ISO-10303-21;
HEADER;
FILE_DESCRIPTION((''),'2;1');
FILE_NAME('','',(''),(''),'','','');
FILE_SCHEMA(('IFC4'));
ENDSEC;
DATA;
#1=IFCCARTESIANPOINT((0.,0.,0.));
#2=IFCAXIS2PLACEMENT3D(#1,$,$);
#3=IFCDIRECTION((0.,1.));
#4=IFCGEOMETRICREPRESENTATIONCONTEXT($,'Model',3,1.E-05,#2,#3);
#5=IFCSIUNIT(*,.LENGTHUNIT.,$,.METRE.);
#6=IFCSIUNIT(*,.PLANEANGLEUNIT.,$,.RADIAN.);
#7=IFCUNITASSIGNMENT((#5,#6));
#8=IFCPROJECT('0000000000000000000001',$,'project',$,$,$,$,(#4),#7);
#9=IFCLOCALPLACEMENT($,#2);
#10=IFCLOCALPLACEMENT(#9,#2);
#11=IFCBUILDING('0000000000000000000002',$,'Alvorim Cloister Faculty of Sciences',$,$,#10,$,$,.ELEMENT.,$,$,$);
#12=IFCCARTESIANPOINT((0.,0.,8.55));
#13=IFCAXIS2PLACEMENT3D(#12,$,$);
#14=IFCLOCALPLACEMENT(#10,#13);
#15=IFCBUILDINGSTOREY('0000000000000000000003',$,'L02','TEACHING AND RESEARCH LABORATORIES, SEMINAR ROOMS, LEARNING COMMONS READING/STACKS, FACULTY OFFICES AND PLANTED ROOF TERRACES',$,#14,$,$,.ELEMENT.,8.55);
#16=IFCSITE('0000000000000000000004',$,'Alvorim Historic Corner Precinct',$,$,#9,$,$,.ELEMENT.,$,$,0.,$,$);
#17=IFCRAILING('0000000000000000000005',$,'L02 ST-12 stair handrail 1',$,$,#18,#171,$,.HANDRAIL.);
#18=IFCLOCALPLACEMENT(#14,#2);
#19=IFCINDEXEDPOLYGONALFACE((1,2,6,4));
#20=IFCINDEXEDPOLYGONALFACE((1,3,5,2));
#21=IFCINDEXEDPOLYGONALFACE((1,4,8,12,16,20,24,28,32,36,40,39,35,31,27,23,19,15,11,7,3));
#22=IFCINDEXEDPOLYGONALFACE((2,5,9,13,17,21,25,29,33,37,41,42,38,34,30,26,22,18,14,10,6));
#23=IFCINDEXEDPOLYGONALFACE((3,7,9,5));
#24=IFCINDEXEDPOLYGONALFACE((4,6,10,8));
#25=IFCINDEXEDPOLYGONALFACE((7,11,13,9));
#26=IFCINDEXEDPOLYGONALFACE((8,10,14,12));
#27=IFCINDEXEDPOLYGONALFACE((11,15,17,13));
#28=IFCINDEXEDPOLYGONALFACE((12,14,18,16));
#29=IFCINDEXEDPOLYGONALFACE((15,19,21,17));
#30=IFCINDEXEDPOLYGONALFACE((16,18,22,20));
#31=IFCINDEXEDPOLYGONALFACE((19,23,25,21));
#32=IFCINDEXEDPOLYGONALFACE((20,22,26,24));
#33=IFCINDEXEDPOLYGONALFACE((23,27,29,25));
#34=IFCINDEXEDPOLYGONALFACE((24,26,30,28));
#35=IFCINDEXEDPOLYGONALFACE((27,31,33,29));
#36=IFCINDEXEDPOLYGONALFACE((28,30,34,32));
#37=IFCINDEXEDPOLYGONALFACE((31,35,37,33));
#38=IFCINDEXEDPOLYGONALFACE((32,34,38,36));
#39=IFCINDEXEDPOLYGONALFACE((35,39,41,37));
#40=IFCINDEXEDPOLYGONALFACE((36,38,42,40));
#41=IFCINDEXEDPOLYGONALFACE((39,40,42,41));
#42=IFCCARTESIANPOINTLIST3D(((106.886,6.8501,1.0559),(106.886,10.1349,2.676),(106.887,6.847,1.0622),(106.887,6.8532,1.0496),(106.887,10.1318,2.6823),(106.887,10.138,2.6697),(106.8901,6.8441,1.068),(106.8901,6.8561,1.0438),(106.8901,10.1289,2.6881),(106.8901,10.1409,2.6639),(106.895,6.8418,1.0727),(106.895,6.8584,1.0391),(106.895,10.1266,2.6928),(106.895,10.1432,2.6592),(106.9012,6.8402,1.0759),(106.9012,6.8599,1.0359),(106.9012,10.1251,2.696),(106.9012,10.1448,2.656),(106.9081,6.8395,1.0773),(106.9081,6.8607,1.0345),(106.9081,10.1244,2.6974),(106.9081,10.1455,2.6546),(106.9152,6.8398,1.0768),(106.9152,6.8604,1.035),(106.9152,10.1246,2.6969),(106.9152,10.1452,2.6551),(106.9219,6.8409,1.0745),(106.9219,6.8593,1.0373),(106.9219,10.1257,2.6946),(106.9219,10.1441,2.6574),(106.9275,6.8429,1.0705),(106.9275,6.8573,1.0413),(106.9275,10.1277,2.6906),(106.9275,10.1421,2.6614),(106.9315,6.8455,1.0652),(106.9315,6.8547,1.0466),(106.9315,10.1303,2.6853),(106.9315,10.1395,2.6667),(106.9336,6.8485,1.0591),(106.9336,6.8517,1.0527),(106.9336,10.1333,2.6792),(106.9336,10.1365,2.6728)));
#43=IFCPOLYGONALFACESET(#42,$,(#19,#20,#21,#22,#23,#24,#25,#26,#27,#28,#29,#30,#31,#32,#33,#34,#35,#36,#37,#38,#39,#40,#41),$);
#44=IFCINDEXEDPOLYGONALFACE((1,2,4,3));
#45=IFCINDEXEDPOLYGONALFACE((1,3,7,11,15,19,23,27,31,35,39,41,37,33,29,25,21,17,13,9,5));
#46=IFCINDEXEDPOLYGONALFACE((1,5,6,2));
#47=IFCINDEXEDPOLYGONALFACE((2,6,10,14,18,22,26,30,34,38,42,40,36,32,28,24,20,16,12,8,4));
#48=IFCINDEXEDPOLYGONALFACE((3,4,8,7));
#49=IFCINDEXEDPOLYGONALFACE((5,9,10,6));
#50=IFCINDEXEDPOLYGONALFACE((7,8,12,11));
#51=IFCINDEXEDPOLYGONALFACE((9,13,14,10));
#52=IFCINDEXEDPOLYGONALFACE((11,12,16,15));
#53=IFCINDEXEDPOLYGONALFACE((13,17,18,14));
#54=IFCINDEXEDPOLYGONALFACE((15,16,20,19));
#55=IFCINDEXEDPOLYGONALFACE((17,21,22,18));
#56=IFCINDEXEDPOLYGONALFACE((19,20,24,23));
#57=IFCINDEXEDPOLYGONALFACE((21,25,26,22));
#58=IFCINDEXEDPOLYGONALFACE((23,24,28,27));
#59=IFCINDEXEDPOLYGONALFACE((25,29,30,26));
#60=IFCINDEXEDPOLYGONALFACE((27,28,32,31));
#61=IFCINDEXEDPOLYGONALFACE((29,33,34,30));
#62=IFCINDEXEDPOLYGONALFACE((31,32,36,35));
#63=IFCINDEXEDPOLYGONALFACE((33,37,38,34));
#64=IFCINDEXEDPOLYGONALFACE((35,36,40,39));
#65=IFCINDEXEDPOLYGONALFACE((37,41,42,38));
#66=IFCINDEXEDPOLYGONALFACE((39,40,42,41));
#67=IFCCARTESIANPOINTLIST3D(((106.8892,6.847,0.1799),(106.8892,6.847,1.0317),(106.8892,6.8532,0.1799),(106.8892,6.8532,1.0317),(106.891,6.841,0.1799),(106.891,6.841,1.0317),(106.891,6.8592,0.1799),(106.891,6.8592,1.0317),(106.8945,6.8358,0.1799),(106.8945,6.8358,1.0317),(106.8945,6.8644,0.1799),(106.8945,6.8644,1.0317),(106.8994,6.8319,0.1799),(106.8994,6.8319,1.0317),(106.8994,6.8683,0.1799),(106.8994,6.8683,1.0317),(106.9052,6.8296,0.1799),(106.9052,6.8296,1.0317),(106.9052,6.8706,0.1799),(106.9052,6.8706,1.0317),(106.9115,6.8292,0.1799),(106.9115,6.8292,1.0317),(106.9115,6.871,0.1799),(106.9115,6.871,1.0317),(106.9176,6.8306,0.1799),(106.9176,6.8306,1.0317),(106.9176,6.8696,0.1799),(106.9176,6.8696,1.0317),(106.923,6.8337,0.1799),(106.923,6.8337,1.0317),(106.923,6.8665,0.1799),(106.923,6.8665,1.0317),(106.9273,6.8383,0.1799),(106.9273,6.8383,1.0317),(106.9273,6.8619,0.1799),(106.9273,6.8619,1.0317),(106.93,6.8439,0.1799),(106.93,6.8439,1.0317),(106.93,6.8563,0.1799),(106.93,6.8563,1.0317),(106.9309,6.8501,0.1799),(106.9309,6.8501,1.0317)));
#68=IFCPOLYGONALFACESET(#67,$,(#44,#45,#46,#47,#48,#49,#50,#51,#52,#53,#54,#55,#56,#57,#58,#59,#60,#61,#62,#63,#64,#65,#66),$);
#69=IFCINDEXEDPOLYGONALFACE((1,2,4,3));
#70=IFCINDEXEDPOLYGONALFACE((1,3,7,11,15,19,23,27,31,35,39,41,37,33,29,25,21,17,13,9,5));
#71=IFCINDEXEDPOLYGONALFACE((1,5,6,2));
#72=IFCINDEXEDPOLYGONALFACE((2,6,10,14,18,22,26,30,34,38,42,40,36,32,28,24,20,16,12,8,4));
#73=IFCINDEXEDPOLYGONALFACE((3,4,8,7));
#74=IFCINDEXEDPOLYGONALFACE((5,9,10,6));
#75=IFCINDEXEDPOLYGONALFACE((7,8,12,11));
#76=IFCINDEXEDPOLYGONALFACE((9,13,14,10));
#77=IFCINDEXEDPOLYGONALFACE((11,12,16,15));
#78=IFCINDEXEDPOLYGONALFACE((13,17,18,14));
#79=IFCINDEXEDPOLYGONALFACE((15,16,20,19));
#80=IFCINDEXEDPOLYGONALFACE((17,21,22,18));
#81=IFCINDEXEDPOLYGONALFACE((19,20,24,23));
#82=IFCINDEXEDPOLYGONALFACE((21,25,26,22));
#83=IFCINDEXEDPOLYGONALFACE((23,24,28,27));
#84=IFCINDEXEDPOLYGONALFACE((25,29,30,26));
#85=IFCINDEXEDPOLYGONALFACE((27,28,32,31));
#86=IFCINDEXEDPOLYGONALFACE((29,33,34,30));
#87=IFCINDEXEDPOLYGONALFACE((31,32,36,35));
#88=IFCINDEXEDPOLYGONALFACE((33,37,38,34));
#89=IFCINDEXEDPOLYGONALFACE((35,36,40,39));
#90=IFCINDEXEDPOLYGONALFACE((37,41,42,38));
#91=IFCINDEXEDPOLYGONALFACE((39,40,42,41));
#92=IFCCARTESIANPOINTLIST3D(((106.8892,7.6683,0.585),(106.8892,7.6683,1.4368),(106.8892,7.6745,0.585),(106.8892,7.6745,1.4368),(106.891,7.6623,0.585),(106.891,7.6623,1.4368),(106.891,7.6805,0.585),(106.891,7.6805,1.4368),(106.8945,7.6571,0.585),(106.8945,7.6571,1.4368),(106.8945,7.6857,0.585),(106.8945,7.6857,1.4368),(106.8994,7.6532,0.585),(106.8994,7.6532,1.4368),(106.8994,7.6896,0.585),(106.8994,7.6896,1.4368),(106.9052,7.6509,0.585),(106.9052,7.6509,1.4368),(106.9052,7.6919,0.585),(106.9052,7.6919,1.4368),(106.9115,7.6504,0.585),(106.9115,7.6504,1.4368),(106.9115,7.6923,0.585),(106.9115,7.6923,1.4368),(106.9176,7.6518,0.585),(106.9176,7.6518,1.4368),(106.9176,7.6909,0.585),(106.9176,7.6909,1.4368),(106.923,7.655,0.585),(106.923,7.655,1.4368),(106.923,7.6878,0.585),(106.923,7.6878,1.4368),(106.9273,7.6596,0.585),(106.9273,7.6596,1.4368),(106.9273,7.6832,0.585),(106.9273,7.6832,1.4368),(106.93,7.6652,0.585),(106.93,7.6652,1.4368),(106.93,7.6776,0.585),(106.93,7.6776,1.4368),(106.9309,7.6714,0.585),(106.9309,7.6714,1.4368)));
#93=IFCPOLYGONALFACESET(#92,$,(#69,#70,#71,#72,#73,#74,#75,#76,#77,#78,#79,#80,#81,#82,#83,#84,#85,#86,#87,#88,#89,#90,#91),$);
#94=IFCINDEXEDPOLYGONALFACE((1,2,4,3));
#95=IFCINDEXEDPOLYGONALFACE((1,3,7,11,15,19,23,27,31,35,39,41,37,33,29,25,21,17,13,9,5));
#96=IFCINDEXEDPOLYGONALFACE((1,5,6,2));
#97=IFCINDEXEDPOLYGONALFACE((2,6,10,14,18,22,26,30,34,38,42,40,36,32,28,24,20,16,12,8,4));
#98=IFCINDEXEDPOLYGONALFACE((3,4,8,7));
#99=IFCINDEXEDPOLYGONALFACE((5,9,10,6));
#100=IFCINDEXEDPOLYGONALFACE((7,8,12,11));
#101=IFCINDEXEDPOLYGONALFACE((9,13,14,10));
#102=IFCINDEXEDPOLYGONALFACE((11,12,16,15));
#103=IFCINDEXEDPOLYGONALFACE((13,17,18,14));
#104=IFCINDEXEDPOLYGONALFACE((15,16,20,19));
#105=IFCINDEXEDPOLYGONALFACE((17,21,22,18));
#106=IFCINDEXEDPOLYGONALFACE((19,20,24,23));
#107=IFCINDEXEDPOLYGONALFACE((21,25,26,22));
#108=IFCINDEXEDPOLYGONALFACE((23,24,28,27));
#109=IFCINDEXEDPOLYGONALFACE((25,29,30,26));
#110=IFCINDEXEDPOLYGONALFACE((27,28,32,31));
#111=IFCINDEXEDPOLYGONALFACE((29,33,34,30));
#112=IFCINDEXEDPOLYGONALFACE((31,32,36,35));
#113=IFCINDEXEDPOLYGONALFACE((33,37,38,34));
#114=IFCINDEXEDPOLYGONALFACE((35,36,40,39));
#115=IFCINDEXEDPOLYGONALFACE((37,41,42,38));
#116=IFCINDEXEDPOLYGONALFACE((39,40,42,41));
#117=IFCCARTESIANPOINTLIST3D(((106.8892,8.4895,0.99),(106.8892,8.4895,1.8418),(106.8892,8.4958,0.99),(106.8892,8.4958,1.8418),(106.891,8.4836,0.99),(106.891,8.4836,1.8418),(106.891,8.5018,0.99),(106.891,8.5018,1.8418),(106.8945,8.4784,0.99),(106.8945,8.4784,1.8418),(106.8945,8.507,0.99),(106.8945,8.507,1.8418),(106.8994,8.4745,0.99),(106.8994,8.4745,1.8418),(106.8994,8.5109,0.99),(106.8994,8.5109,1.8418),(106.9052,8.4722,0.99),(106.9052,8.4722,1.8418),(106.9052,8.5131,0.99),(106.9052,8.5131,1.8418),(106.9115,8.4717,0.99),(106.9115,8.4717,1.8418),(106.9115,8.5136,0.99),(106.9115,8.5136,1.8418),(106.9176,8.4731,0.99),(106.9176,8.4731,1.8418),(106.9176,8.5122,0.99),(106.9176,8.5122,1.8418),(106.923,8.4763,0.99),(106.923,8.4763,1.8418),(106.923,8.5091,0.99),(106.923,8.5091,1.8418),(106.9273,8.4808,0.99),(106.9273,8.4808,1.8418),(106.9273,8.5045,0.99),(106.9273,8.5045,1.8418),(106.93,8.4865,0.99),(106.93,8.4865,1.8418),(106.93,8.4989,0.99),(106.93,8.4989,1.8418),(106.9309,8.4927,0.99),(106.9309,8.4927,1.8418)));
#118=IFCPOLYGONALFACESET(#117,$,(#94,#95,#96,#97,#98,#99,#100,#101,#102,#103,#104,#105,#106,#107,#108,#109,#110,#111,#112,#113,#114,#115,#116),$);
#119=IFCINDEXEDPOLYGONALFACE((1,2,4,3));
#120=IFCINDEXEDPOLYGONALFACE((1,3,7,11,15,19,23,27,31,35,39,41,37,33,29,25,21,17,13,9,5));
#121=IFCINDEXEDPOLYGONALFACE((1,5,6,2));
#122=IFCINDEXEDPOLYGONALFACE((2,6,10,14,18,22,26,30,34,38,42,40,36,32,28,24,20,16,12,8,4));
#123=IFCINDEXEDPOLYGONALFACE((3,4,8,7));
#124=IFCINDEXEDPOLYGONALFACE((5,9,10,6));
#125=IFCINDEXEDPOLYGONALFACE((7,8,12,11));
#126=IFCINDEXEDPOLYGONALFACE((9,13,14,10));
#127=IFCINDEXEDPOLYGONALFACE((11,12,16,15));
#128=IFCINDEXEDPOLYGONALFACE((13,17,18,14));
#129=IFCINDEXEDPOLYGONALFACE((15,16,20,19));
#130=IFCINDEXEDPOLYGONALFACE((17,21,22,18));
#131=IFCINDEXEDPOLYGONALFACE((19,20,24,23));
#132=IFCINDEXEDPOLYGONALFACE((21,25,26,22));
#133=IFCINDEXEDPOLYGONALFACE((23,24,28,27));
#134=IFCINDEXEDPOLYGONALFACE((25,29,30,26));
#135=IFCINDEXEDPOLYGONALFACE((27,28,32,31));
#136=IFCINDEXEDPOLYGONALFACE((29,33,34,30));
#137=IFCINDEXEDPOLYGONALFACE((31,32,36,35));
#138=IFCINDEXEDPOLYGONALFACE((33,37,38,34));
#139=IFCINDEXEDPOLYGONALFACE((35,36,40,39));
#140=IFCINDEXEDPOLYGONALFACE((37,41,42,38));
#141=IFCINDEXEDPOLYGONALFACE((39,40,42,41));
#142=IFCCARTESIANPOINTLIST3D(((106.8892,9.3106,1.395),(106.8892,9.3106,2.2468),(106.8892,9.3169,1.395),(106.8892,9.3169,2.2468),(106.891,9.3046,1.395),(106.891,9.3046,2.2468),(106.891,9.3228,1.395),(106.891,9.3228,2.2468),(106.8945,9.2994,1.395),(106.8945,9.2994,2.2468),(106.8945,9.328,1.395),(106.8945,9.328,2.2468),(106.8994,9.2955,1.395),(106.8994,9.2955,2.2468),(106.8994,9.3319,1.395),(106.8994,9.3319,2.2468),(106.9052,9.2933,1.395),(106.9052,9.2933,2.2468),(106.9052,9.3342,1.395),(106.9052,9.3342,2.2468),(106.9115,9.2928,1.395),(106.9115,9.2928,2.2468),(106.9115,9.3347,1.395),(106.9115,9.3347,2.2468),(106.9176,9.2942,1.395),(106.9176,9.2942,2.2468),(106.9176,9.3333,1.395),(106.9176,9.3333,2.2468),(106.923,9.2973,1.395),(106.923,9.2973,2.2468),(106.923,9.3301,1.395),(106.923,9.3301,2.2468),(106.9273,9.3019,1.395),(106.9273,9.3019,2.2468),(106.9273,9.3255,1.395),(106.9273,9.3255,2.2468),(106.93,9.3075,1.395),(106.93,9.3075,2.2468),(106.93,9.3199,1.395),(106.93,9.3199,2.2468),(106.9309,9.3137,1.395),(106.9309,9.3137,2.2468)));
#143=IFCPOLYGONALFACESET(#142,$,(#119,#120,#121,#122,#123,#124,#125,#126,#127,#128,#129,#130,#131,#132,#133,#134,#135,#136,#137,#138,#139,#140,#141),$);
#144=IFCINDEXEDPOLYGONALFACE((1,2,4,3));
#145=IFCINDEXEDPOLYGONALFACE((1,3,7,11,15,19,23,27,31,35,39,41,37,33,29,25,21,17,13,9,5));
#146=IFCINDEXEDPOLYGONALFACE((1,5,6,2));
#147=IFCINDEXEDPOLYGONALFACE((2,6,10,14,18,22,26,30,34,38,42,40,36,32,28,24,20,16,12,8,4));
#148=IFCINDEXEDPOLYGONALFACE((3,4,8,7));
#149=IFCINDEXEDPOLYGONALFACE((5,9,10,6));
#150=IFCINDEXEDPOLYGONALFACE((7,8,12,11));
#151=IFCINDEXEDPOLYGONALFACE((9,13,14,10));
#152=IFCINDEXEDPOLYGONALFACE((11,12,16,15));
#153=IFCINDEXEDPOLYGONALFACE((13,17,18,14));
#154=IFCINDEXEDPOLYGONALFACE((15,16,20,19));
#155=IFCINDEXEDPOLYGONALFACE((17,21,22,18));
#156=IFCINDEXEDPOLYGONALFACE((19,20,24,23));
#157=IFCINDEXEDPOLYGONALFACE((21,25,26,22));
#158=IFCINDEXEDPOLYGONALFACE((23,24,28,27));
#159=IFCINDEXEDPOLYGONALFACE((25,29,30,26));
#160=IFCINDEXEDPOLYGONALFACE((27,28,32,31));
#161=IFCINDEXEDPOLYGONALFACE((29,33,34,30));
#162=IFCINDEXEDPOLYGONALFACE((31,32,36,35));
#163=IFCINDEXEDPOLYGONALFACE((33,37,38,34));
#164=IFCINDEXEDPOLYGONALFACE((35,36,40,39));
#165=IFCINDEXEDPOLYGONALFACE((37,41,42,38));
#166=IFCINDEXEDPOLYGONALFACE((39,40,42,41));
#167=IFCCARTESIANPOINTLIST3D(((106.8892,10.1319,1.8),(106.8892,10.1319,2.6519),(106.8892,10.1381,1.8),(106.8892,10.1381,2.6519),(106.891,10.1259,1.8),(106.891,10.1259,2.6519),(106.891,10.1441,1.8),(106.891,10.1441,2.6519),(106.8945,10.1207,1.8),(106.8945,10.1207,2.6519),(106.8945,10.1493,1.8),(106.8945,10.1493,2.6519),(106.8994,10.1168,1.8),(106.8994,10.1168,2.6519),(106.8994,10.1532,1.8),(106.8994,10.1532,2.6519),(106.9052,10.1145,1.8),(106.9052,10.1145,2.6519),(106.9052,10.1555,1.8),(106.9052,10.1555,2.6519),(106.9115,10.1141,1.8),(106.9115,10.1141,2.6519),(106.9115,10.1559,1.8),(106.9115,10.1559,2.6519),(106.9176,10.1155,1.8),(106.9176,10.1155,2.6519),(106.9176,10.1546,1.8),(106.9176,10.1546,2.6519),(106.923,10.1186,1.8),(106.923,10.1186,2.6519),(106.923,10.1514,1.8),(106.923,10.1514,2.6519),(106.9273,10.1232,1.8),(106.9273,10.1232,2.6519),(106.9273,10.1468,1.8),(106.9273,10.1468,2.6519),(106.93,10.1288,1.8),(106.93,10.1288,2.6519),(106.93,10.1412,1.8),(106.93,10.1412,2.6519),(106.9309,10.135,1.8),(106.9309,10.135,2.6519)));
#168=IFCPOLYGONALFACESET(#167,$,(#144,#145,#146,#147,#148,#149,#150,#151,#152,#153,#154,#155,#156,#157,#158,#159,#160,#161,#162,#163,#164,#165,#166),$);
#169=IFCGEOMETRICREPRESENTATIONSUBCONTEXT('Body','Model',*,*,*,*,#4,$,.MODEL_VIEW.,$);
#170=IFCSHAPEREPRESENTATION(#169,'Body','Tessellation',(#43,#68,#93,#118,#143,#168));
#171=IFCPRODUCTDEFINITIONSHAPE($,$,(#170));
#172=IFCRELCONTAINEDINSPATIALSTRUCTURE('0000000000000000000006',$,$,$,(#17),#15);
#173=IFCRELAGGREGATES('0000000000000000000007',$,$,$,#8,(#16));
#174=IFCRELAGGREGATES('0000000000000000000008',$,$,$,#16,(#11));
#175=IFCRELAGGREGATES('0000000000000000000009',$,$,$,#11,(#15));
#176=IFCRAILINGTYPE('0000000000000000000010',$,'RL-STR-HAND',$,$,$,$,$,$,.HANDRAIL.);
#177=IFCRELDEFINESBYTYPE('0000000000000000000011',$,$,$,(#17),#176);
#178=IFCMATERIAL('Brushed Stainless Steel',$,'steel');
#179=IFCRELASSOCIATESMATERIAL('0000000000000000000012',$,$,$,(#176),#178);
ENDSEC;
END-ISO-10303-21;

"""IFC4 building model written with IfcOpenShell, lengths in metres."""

from ifc_helpers import new_model, si_unit, direction, frame, origin, origin_2d, place, context, subcontext, project, spatial, circle, extrude, material, type_object, element, save


model = new_model("IFC4")

# Units and contexts
model_context = context("Model", 3, precision=1e-05, world=origin(), true_north=direction((0.0, 1.0)))
body_context = subcontext(model_context, "Body", "Model", "MODEL_VIEW")
ifc_project = project(units=[si_unit("LENGTHUNIT", "METRE"), si_unit("PLANEANGLEUNIT", "RADIAN")], contexts=[model_context])

# Site, building, storey
site_placement = place(None, origin())
site = spatial("IfcSite", under=ifc_project, at=site_placement, Name="Alvorim Historic Corner Precinct", CompositionType="ELEMENT", RefElevation=0.0)
building_placement = place(site_placement, origin())
building = spatial("IfcBuilding", under=site, at=building_placement, Name="Alvorim Cloister Faculty of Sciences", CompositionType="ELEMENT")
storey_placement = place(building_placement, frame((0.0, 0.0, 8.55)))
storey = spatial("IfcBuildingStorey", under=building, at=storey_placement, Name="L02", Description="TEACHING AND RESEARCH LABORATORIES, SEMINAR ROOMS, LEARNING COMMONS READING/STACKS, FACULTY OFFICES AND PLANTED ROOF TERRACES", CompositionType="ELEMENT", Elevation=8.55)

# Railing
ifc_material_1 = material(Name="Brushed Stainless Steel", Category="steel")
railing_type_1 = type_object("IfcRailingType", Name="RL-STR-HAND", PredefinedType="HANDRAIL", material=ifc_material_1)
railing_1_placement = place(storey_placement, frame((106.9099, 6.8501, 0.1799)))
element("IfcRailing", 1, at=railing_1_placement, inside=storey, type_object=railing_type_1, Name="L02 ST-12 stair handrail 1", PredefinedType="HANDRAIL", context=body_context, shape_type="SweptSolid", body=[
    extrude(circle(Radius=0.0239, at=origin_2d()), frame((0.0, 0.0, 0.876), z_axis=(0.0, 0.896853, 0.442328), x_axis=(-1.0, 0.0, 0.0)), (0.0, 0.0, 1.0), 3.6626),
    extrude(circle(Radius=0.021, at=origin_2d()), origin(), (0.0, 0.0, 1.0), 0.8518),
    extrude(circle(Radius=0.021, at=origin_2d()), frame((0.0, 0.8213, 0.405)), (0.0, 0.0, 1.0), 0.8518),
    extrude(circle(Radius=0.021, at=origin_2d()), frame((0.0, 1.6426, 0.8101)), (0.0, 0.0, 1.0), 0.8518),
    extrude(circle(Radius=0.021, at=origin_2d()), frame((0.0, 2.4636, 1.2151)), (0.0, 0.0, 1.0), 0.8518),
    extrude(circle(Radius=0.021, at=origin_2d()), frame((0.0, 3.2849, 1.6201)), (0.0, 0.0, 1.0), 0.8518),
])

save(model, "model.ifc")
